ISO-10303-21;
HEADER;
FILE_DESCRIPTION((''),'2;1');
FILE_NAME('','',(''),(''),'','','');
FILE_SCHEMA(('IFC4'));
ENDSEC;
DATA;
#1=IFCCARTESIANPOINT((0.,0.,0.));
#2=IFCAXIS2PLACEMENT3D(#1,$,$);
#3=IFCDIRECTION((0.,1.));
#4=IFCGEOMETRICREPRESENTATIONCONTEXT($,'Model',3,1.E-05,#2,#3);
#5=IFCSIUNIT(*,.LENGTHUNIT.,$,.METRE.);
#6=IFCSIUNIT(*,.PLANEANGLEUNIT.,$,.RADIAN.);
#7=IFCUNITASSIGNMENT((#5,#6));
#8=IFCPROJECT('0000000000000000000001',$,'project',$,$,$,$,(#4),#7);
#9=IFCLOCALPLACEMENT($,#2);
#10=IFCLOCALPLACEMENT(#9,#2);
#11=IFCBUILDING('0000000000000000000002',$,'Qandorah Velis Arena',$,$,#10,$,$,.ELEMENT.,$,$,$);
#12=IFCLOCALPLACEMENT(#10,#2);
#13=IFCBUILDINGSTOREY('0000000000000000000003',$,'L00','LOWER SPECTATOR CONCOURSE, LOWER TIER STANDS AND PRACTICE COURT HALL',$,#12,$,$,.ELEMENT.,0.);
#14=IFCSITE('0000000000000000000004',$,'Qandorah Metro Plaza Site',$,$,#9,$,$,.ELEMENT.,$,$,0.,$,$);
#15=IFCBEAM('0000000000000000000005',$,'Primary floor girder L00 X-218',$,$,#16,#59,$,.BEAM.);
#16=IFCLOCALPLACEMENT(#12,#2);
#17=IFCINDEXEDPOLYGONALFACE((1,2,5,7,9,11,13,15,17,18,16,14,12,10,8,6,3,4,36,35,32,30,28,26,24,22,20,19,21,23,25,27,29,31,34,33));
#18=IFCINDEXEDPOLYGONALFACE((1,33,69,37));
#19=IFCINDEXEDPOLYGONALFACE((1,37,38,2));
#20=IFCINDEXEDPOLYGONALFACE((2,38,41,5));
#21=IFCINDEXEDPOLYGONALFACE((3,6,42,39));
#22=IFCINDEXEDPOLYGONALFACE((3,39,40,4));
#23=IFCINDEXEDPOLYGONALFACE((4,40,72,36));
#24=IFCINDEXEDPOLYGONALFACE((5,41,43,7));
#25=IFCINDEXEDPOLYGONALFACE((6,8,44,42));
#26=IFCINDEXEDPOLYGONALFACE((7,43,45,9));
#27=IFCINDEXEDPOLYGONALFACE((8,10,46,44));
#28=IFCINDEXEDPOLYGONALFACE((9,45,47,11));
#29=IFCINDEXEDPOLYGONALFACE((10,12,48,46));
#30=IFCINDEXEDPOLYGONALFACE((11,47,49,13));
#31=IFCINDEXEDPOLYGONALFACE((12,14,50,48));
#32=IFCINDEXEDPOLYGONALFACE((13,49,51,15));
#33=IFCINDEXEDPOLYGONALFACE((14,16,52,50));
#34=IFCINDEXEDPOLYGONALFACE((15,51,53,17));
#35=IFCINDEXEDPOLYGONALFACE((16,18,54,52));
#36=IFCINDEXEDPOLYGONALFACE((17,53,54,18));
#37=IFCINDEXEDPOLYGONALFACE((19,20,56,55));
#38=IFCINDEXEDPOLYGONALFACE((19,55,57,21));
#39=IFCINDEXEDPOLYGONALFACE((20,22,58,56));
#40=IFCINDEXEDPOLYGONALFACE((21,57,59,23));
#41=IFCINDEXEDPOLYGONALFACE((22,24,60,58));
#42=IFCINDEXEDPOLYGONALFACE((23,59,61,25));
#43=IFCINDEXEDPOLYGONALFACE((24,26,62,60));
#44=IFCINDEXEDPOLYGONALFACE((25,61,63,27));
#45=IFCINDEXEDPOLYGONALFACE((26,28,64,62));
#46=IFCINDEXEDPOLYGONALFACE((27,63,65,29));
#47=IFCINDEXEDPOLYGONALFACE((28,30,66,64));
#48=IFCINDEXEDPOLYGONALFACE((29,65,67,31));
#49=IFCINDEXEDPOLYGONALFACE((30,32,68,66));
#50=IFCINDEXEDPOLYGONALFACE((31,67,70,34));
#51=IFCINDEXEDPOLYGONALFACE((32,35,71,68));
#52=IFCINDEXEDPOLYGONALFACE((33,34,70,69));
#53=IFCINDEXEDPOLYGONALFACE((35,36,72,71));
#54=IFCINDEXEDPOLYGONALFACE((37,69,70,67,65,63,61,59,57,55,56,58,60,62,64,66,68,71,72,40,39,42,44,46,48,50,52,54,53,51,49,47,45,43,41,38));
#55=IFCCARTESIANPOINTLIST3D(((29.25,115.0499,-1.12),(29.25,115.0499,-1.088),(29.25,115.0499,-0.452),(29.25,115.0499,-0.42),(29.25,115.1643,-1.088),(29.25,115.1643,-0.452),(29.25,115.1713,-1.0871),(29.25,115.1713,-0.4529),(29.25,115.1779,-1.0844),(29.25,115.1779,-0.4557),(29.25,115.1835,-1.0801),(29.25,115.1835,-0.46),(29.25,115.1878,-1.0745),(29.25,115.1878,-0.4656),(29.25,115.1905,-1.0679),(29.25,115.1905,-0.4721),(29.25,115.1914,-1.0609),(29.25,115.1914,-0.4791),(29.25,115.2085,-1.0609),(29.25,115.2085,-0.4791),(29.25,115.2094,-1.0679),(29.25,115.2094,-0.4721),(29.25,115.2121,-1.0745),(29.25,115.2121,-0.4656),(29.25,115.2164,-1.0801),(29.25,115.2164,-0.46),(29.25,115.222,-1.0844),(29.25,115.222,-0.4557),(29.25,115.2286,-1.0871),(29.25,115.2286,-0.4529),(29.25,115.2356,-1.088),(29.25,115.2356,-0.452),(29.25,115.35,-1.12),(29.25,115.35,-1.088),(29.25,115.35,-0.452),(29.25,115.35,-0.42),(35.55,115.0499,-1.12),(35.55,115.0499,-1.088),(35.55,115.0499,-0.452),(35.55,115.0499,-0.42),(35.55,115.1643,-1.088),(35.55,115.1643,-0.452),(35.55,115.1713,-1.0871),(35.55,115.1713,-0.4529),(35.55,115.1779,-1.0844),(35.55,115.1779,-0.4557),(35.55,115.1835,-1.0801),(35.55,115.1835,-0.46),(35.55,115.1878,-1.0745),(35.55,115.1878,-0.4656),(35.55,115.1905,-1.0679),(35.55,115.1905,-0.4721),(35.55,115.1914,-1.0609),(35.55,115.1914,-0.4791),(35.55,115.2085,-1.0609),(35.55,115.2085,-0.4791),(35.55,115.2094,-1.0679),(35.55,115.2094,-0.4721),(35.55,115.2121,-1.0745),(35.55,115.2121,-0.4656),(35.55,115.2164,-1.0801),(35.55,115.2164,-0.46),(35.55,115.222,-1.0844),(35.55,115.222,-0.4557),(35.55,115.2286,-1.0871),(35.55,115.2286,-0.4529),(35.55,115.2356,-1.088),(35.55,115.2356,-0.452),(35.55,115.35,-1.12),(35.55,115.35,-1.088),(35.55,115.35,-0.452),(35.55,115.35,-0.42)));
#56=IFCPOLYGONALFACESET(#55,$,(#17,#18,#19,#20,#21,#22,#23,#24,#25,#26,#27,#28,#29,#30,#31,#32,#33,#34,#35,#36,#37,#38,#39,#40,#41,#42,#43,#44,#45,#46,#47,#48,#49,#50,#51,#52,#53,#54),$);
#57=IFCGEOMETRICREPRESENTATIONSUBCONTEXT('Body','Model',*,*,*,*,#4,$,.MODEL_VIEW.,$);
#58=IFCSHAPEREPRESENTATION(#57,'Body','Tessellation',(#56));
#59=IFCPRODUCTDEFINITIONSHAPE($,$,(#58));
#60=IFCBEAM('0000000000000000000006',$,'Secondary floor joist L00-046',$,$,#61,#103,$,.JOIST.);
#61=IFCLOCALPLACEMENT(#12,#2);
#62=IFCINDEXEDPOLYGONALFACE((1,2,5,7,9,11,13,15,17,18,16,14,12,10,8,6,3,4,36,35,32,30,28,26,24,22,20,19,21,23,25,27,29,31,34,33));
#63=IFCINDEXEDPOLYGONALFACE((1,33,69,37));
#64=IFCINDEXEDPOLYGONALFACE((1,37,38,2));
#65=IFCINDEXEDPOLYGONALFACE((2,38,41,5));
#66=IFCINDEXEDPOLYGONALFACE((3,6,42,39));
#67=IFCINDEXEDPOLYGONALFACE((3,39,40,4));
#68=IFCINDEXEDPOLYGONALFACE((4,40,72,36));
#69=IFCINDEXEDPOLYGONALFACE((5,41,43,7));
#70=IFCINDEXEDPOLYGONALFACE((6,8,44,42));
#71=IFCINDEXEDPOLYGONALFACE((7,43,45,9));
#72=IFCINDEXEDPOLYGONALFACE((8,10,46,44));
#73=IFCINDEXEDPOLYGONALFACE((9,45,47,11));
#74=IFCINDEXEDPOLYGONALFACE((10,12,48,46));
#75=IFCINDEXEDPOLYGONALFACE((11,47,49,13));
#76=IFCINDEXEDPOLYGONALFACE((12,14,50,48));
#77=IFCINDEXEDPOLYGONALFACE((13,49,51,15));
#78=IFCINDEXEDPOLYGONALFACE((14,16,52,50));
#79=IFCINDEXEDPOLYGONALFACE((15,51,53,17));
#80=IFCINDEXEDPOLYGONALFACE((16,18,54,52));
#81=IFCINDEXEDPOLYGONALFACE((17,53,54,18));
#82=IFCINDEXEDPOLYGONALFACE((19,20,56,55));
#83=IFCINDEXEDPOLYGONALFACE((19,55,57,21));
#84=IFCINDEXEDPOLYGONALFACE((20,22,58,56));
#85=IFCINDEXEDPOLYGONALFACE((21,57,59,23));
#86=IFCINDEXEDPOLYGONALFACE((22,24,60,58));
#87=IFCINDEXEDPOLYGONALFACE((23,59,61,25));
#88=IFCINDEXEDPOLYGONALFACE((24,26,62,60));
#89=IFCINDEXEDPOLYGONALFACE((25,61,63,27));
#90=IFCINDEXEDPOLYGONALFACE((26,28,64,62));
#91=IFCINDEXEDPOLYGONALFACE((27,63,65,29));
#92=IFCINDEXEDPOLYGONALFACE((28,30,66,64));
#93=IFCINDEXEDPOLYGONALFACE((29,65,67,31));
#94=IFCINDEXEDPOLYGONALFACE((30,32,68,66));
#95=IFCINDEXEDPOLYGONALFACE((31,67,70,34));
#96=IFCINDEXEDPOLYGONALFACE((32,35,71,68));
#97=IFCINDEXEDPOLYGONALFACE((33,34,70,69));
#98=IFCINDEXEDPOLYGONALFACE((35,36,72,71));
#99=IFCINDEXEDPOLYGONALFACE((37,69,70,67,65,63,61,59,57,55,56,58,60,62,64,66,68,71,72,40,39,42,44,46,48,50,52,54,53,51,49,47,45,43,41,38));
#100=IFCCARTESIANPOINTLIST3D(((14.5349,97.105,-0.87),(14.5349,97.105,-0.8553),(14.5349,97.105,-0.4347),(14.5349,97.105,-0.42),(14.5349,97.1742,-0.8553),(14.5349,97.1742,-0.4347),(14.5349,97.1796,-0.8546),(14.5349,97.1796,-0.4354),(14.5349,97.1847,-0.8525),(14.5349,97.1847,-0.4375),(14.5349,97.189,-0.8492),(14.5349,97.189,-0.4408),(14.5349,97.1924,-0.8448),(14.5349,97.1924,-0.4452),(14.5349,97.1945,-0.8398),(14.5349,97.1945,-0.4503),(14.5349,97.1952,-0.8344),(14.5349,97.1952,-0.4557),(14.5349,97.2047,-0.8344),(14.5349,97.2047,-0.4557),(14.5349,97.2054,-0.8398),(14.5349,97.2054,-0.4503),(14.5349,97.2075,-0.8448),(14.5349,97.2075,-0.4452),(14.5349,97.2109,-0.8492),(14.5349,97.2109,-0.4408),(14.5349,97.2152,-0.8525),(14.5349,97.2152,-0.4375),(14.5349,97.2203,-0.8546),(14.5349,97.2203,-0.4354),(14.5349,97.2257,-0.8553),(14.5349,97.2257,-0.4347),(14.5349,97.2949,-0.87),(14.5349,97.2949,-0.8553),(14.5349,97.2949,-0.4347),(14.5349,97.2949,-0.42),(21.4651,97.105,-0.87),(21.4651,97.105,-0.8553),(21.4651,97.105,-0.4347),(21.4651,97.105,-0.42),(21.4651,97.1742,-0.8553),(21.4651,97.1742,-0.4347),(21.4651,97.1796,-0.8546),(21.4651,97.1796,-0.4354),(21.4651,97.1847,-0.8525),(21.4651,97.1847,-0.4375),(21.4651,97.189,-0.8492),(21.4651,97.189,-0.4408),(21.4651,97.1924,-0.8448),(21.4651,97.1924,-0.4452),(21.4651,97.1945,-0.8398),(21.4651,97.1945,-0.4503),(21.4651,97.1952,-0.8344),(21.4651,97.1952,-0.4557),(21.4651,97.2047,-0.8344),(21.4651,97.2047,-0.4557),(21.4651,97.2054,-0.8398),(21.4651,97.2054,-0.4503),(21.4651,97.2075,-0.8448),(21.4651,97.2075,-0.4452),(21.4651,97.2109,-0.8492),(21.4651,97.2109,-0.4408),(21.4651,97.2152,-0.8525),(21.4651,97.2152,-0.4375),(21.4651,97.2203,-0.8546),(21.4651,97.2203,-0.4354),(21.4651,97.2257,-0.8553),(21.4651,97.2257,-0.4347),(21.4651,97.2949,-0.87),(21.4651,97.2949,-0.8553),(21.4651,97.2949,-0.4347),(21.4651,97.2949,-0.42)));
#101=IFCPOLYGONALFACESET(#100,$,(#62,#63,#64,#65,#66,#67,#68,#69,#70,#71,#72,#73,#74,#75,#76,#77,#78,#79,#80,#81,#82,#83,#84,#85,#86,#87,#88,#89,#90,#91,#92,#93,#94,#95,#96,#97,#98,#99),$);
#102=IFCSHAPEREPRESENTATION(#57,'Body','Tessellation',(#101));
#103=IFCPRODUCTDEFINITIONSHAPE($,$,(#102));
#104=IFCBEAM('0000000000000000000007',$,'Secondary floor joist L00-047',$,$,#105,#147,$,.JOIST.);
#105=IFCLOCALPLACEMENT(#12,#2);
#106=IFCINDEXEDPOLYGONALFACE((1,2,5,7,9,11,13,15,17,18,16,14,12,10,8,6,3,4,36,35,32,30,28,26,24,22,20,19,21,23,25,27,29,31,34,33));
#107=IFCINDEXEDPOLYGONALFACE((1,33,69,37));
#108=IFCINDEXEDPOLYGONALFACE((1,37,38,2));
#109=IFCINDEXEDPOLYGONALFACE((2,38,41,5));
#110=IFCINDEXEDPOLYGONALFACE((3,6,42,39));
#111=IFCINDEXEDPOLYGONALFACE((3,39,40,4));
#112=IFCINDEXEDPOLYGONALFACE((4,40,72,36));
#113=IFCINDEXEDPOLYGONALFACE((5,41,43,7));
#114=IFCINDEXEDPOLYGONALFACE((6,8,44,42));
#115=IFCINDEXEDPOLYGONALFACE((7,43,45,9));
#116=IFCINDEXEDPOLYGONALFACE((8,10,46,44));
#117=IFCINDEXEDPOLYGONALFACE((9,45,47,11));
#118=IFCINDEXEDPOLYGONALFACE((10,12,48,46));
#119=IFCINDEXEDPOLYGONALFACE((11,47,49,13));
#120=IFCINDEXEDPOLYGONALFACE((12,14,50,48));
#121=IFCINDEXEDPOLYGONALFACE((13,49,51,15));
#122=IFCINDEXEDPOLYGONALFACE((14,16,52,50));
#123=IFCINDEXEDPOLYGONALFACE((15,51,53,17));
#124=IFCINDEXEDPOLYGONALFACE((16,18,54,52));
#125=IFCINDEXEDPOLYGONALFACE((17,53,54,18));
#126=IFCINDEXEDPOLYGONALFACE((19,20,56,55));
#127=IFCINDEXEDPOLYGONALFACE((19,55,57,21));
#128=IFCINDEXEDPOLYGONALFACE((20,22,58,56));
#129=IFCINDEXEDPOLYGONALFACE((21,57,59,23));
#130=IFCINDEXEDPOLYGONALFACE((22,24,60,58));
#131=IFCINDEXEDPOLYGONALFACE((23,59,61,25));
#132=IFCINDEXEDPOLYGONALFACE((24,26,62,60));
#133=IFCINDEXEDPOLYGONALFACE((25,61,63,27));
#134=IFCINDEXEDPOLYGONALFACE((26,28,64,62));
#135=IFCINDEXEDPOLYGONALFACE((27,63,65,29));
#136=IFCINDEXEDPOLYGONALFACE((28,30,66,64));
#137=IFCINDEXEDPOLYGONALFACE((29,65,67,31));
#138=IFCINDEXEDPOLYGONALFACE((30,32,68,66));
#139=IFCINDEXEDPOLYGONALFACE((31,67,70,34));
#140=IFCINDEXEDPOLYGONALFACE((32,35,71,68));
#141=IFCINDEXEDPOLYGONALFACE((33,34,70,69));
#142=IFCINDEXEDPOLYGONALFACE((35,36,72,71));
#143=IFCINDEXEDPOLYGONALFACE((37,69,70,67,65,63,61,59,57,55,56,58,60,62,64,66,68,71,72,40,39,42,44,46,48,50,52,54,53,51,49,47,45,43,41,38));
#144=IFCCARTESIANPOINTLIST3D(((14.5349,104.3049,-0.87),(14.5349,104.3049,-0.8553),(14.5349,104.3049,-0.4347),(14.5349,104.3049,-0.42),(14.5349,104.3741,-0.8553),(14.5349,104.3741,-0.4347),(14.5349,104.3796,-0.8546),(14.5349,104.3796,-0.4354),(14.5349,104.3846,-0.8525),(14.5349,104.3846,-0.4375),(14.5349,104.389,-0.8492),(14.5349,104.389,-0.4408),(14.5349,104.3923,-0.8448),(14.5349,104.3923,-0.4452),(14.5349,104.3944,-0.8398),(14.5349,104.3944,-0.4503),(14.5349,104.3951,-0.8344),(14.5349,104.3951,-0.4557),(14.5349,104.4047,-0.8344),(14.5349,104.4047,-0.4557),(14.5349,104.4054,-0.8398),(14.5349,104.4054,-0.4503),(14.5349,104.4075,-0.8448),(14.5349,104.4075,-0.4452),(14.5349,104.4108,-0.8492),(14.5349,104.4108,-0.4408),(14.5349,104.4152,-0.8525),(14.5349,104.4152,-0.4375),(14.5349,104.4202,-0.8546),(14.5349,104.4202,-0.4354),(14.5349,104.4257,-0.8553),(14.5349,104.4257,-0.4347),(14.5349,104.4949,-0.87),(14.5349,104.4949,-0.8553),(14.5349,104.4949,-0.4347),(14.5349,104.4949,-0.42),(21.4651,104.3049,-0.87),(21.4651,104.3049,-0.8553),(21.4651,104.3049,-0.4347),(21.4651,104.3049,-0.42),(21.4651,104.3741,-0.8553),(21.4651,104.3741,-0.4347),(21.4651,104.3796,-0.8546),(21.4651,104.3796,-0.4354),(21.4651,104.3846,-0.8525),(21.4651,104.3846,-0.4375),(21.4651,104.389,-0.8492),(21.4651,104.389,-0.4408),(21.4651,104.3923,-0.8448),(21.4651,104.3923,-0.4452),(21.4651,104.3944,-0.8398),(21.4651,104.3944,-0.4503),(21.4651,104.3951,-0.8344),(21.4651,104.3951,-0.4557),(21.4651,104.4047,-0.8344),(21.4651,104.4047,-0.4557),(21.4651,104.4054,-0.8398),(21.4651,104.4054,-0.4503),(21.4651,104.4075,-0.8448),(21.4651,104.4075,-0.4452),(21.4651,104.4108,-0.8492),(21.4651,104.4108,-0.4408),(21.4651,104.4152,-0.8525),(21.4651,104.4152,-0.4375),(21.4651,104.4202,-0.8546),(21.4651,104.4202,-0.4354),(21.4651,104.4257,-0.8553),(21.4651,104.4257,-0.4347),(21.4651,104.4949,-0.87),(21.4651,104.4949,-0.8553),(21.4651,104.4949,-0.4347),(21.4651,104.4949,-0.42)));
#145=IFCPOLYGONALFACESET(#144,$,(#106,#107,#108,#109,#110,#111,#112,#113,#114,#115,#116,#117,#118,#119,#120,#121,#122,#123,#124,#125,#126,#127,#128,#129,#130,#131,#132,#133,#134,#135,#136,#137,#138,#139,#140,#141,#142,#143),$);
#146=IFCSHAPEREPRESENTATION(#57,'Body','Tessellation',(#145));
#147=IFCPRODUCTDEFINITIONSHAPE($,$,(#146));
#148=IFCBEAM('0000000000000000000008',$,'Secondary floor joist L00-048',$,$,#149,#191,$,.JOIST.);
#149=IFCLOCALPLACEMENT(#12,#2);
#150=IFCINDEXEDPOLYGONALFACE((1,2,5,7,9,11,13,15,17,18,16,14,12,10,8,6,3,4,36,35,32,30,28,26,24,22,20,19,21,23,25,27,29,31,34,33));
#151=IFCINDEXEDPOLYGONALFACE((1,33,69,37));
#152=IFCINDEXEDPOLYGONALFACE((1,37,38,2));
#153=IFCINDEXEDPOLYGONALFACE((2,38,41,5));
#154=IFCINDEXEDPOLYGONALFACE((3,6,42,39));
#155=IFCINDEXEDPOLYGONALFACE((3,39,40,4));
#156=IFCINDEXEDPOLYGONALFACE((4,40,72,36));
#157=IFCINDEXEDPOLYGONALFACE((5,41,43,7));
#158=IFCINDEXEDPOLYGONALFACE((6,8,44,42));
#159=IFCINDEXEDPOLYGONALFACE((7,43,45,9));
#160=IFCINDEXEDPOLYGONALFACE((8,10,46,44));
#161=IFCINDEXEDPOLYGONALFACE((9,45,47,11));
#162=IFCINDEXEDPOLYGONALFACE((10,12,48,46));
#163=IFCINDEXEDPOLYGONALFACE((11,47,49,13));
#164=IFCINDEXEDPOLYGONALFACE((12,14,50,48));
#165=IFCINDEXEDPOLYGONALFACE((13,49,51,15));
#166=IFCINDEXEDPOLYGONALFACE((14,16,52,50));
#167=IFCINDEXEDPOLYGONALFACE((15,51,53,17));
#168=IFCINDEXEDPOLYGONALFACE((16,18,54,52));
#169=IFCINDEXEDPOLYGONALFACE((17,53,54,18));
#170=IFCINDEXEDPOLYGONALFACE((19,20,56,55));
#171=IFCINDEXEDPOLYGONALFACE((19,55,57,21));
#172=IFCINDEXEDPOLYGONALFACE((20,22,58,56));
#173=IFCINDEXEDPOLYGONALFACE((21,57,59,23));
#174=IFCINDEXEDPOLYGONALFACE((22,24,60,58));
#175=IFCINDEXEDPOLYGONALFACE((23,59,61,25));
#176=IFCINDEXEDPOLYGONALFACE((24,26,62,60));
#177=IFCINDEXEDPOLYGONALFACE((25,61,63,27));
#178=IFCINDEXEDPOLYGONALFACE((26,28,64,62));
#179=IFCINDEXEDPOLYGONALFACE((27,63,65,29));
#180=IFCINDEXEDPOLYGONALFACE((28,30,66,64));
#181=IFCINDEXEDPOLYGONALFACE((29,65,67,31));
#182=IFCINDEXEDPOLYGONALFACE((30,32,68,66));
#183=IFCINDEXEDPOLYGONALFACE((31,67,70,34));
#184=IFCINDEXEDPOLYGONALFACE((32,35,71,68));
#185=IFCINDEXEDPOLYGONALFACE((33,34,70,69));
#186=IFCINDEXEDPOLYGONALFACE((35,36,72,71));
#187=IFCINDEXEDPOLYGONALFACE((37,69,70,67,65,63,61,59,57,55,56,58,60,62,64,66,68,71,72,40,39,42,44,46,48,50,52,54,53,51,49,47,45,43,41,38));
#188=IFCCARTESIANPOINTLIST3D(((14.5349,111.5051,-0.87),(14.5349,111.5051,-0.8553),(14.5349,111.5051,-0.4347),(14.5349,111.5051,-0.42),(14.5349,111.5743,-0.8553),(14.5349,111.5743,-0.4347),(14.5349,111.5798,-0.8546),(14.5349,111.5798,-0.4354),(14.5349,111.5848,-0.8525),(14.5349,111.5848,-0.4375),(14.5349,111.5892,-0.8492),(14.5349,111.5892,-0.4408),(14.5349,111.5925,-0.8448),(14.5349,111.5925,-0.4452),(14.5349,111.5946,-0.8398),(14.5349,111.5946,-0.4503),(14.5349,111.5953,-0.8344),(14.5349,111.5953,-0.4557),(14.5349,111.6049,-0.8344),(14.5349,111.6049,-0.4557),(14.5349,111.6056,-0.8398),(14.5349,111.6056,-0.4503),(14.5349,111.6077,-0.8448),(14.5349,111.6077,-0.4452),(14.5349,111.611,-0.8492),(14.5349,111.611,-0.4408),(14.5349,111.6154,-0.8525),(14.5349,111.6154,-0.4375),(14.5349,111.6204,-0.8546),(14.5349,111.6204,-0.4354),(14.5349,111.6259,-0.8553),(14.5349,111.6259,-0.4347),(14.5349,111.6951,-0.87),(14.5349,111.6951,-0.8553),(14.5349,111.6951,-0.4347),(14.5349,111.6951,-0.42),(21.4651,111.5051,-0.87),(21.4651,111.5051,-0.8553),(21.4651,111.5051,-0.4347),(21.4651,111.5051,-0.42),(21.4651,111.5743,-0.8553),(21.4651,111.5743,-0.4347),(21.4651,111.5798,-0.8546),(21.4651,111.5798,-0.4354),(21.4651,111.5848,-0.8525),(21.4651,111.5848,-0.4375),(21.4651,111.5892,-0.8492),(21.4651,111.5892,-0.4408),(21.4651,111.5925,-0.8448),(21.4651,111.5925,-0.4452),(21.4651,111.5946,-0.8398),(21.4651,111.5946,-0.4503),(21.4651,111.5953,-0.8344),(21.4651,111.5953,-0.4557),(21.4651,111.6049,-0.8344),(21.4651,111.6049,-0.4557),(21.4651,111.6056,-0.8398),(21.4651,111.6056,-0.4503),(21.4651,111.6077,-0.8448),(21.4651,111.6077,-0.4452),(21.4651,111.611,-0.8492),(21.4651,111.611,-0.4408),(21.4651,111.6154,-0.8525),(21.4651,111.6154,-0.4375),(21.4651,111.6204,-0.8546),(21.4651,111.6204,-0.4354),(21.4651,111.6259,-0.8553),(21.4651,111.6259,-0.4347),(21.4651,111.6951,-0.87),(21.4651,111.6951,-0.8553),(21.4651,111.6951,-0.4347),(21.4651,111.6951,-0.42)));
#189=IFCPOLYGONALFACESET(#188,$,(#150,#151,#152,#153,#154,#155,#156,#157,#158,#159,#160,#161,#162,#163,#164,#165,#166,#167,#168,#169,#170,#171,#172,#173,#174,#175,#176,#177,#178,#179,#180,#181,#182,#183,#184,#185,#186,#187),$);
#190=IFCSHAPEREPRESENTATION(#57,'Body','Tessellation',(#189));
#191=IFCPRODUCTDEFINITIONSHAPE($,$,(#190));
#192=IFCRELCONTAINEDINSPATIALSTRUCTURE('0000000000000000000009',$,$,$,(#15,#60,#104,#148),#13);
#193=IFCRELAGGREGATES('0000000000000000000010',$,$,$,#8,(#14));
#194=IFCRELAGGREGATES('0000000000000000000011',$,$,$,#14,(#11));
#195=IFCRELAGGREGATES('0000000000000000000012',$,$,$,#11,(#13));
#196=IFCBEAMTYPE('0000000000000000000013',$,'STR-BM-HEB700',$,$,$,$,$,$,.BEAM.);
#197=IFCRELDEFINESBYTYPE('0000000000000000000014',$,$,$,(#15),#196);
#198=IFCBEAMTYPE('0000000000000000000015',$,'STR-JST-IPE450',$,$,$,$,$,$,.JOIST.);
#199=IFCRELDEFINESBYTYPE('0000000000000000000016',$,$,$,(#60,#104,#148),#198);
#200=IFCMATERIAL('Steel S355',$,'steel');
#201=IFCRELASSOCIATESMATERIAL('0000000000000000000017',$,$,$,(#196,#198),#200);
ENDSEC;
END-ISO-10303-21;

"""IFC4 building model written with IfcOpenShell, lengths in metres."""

from ifc_helpers import new_model, si_unit, direction, frame, origin, origin_2d, place, context, subcontext, project, spatial, i_section, extrude, material, material_profile, profile_set, type_object, element, save


model = new_model("IFC4")

# Units and contexts
model_context = context("Model", 3, precision=1e-05, world=origin(), true_north=direction((0.0, 1.0)))
body_context = subcontext(model_context, "Body", "Model", "MODEL_VIEW")
ifc_project = project(units=[si_unit("LENGTHUNIT", "METRE"), si_unit("PLANEANGLEUNIT", "RADIAN")], contexts=[model_context])

# Site, building, storey
site_placement = place(None, origin())
site = spatial("IfcSite", under=ifc_project, at=site_placement, Name="Qandorah Metro Plaza Site", CompositionType="ELEMENT", RefElevation=0.0)
building_placement = place(site_placement, origin())
building = spatial("IfcBuilding", under=site, at=building_placement, Name="Qandorah Velis Arena", CompositionType="ELEMENT")
storey_placement = place(building_placement, origin())
storey = spatial("IfcBuildingStorey", under=building, at=storey_placement, Name="L00", Description="LOWER SPECTATOR CONCOURSE, LOWER TIER STANDS AND PRACTICE COURT HALL", CompositionType="ELEMENT", Elevation=0.0)

# Beams
ifc_material_1 = material(Name="Steel S355", Category="steel")
ifc_material_profile_1 = material_profile(ifc_material_1, i_section(OverallWidth=0.3, OverallDepth=0.7, WebThickness=0.0171, FlangeThickness=0.032, FilletRadius=0.0271, at=origin_2d()), Name="HEB 700")
ifc_profile_set_1 = profile_set([ifc_material_profile_1], Name="Steel S355")
beam_type_1 = type_object("IfcBeamType", Name="STR-BM-HEB700", PredefinedType="BEAM", material=ifc_profile_set_1)
for number, where, z_axis, x_axis, name in (
    (1, (29.25, 115.2, -0.77), (1.0, 0.0, 0.0), (0.0, 1.0, 0.0), "Primary floor girder L00 X-218"),
):
    element("IfcBeam", number, at=place(storey_placement, frame(where, z_axis=z_axis, x_axis=x_axis)), inside=storey, type_object=beam_type_1, Name=name, PredefinedType="BEAM", context=body_context, shape_type="SweptSolid", body=[
        extrude(i_section(OverallWidth=0.3, OverallDepth=0.7, WebThickness=0.0171, FlangeThickness=0.032, FilletRadius=0.0271, at=origin_2d()), origin(), (0.0, 0.0, 1.0), 6.3),
    ])
ifc_material_profile_2 = material_profile(ifc_material_1, i_section(OverallWidth=0.1899, OverallDepth=0.45, WebThickness=0.0095, FlangeThickness=0.0146, FilletRadius=0.021, at=origin_2d()), Name="IPE 450")
ifc_profile_set_2 = profile_set([ifc_material_profile_2], Name="Steel S355")
beam_type_2 = type_object("IfcBeamType", Name="STR-JST-IPE450", PredefinedType="JOIST", material=ifc_profile_set_2)
for number, where, z_axis, x_axis, name in (
    (2, (14.5349, 97.2, -0.645), (1.0, 0.0, 0.0), (0.0, 1.0, 0.0), "Secondary floor joist L00-046"),
    (3, (14.5349, 104.3999, -0.645), (1.0, 0.0, 0.0), (0.0, 1.0, 0.0), "Secondary floor joist L00-047"),
    (4, (14.5349, 111.6001, -0.645), (1.0, 0.0, 0.0), (0.0, 1.0, 0.0), "Secondary floor joist L00-048"),
):
    element("IfcBeam", number, at=place(storey_placement, frame(where, z_axis=z_axis, x_axis=x_axis)), inside=storey, type_object=beam_type_2, Name=name, PredefinedType="JOIST", context=body_context, shape_type="SweptSolid", body=[
        extrude(i_section(OverallWidth=0.1899, OverallDepth=0.45, WebThickness=0.0095, FlangeThickness=0.0146, FilletRadius=0.021, at=origin_2d()), origin(), (0.0, 0.0, 1.0), 6.9302),
    ])

save(model, "model.ifc")
